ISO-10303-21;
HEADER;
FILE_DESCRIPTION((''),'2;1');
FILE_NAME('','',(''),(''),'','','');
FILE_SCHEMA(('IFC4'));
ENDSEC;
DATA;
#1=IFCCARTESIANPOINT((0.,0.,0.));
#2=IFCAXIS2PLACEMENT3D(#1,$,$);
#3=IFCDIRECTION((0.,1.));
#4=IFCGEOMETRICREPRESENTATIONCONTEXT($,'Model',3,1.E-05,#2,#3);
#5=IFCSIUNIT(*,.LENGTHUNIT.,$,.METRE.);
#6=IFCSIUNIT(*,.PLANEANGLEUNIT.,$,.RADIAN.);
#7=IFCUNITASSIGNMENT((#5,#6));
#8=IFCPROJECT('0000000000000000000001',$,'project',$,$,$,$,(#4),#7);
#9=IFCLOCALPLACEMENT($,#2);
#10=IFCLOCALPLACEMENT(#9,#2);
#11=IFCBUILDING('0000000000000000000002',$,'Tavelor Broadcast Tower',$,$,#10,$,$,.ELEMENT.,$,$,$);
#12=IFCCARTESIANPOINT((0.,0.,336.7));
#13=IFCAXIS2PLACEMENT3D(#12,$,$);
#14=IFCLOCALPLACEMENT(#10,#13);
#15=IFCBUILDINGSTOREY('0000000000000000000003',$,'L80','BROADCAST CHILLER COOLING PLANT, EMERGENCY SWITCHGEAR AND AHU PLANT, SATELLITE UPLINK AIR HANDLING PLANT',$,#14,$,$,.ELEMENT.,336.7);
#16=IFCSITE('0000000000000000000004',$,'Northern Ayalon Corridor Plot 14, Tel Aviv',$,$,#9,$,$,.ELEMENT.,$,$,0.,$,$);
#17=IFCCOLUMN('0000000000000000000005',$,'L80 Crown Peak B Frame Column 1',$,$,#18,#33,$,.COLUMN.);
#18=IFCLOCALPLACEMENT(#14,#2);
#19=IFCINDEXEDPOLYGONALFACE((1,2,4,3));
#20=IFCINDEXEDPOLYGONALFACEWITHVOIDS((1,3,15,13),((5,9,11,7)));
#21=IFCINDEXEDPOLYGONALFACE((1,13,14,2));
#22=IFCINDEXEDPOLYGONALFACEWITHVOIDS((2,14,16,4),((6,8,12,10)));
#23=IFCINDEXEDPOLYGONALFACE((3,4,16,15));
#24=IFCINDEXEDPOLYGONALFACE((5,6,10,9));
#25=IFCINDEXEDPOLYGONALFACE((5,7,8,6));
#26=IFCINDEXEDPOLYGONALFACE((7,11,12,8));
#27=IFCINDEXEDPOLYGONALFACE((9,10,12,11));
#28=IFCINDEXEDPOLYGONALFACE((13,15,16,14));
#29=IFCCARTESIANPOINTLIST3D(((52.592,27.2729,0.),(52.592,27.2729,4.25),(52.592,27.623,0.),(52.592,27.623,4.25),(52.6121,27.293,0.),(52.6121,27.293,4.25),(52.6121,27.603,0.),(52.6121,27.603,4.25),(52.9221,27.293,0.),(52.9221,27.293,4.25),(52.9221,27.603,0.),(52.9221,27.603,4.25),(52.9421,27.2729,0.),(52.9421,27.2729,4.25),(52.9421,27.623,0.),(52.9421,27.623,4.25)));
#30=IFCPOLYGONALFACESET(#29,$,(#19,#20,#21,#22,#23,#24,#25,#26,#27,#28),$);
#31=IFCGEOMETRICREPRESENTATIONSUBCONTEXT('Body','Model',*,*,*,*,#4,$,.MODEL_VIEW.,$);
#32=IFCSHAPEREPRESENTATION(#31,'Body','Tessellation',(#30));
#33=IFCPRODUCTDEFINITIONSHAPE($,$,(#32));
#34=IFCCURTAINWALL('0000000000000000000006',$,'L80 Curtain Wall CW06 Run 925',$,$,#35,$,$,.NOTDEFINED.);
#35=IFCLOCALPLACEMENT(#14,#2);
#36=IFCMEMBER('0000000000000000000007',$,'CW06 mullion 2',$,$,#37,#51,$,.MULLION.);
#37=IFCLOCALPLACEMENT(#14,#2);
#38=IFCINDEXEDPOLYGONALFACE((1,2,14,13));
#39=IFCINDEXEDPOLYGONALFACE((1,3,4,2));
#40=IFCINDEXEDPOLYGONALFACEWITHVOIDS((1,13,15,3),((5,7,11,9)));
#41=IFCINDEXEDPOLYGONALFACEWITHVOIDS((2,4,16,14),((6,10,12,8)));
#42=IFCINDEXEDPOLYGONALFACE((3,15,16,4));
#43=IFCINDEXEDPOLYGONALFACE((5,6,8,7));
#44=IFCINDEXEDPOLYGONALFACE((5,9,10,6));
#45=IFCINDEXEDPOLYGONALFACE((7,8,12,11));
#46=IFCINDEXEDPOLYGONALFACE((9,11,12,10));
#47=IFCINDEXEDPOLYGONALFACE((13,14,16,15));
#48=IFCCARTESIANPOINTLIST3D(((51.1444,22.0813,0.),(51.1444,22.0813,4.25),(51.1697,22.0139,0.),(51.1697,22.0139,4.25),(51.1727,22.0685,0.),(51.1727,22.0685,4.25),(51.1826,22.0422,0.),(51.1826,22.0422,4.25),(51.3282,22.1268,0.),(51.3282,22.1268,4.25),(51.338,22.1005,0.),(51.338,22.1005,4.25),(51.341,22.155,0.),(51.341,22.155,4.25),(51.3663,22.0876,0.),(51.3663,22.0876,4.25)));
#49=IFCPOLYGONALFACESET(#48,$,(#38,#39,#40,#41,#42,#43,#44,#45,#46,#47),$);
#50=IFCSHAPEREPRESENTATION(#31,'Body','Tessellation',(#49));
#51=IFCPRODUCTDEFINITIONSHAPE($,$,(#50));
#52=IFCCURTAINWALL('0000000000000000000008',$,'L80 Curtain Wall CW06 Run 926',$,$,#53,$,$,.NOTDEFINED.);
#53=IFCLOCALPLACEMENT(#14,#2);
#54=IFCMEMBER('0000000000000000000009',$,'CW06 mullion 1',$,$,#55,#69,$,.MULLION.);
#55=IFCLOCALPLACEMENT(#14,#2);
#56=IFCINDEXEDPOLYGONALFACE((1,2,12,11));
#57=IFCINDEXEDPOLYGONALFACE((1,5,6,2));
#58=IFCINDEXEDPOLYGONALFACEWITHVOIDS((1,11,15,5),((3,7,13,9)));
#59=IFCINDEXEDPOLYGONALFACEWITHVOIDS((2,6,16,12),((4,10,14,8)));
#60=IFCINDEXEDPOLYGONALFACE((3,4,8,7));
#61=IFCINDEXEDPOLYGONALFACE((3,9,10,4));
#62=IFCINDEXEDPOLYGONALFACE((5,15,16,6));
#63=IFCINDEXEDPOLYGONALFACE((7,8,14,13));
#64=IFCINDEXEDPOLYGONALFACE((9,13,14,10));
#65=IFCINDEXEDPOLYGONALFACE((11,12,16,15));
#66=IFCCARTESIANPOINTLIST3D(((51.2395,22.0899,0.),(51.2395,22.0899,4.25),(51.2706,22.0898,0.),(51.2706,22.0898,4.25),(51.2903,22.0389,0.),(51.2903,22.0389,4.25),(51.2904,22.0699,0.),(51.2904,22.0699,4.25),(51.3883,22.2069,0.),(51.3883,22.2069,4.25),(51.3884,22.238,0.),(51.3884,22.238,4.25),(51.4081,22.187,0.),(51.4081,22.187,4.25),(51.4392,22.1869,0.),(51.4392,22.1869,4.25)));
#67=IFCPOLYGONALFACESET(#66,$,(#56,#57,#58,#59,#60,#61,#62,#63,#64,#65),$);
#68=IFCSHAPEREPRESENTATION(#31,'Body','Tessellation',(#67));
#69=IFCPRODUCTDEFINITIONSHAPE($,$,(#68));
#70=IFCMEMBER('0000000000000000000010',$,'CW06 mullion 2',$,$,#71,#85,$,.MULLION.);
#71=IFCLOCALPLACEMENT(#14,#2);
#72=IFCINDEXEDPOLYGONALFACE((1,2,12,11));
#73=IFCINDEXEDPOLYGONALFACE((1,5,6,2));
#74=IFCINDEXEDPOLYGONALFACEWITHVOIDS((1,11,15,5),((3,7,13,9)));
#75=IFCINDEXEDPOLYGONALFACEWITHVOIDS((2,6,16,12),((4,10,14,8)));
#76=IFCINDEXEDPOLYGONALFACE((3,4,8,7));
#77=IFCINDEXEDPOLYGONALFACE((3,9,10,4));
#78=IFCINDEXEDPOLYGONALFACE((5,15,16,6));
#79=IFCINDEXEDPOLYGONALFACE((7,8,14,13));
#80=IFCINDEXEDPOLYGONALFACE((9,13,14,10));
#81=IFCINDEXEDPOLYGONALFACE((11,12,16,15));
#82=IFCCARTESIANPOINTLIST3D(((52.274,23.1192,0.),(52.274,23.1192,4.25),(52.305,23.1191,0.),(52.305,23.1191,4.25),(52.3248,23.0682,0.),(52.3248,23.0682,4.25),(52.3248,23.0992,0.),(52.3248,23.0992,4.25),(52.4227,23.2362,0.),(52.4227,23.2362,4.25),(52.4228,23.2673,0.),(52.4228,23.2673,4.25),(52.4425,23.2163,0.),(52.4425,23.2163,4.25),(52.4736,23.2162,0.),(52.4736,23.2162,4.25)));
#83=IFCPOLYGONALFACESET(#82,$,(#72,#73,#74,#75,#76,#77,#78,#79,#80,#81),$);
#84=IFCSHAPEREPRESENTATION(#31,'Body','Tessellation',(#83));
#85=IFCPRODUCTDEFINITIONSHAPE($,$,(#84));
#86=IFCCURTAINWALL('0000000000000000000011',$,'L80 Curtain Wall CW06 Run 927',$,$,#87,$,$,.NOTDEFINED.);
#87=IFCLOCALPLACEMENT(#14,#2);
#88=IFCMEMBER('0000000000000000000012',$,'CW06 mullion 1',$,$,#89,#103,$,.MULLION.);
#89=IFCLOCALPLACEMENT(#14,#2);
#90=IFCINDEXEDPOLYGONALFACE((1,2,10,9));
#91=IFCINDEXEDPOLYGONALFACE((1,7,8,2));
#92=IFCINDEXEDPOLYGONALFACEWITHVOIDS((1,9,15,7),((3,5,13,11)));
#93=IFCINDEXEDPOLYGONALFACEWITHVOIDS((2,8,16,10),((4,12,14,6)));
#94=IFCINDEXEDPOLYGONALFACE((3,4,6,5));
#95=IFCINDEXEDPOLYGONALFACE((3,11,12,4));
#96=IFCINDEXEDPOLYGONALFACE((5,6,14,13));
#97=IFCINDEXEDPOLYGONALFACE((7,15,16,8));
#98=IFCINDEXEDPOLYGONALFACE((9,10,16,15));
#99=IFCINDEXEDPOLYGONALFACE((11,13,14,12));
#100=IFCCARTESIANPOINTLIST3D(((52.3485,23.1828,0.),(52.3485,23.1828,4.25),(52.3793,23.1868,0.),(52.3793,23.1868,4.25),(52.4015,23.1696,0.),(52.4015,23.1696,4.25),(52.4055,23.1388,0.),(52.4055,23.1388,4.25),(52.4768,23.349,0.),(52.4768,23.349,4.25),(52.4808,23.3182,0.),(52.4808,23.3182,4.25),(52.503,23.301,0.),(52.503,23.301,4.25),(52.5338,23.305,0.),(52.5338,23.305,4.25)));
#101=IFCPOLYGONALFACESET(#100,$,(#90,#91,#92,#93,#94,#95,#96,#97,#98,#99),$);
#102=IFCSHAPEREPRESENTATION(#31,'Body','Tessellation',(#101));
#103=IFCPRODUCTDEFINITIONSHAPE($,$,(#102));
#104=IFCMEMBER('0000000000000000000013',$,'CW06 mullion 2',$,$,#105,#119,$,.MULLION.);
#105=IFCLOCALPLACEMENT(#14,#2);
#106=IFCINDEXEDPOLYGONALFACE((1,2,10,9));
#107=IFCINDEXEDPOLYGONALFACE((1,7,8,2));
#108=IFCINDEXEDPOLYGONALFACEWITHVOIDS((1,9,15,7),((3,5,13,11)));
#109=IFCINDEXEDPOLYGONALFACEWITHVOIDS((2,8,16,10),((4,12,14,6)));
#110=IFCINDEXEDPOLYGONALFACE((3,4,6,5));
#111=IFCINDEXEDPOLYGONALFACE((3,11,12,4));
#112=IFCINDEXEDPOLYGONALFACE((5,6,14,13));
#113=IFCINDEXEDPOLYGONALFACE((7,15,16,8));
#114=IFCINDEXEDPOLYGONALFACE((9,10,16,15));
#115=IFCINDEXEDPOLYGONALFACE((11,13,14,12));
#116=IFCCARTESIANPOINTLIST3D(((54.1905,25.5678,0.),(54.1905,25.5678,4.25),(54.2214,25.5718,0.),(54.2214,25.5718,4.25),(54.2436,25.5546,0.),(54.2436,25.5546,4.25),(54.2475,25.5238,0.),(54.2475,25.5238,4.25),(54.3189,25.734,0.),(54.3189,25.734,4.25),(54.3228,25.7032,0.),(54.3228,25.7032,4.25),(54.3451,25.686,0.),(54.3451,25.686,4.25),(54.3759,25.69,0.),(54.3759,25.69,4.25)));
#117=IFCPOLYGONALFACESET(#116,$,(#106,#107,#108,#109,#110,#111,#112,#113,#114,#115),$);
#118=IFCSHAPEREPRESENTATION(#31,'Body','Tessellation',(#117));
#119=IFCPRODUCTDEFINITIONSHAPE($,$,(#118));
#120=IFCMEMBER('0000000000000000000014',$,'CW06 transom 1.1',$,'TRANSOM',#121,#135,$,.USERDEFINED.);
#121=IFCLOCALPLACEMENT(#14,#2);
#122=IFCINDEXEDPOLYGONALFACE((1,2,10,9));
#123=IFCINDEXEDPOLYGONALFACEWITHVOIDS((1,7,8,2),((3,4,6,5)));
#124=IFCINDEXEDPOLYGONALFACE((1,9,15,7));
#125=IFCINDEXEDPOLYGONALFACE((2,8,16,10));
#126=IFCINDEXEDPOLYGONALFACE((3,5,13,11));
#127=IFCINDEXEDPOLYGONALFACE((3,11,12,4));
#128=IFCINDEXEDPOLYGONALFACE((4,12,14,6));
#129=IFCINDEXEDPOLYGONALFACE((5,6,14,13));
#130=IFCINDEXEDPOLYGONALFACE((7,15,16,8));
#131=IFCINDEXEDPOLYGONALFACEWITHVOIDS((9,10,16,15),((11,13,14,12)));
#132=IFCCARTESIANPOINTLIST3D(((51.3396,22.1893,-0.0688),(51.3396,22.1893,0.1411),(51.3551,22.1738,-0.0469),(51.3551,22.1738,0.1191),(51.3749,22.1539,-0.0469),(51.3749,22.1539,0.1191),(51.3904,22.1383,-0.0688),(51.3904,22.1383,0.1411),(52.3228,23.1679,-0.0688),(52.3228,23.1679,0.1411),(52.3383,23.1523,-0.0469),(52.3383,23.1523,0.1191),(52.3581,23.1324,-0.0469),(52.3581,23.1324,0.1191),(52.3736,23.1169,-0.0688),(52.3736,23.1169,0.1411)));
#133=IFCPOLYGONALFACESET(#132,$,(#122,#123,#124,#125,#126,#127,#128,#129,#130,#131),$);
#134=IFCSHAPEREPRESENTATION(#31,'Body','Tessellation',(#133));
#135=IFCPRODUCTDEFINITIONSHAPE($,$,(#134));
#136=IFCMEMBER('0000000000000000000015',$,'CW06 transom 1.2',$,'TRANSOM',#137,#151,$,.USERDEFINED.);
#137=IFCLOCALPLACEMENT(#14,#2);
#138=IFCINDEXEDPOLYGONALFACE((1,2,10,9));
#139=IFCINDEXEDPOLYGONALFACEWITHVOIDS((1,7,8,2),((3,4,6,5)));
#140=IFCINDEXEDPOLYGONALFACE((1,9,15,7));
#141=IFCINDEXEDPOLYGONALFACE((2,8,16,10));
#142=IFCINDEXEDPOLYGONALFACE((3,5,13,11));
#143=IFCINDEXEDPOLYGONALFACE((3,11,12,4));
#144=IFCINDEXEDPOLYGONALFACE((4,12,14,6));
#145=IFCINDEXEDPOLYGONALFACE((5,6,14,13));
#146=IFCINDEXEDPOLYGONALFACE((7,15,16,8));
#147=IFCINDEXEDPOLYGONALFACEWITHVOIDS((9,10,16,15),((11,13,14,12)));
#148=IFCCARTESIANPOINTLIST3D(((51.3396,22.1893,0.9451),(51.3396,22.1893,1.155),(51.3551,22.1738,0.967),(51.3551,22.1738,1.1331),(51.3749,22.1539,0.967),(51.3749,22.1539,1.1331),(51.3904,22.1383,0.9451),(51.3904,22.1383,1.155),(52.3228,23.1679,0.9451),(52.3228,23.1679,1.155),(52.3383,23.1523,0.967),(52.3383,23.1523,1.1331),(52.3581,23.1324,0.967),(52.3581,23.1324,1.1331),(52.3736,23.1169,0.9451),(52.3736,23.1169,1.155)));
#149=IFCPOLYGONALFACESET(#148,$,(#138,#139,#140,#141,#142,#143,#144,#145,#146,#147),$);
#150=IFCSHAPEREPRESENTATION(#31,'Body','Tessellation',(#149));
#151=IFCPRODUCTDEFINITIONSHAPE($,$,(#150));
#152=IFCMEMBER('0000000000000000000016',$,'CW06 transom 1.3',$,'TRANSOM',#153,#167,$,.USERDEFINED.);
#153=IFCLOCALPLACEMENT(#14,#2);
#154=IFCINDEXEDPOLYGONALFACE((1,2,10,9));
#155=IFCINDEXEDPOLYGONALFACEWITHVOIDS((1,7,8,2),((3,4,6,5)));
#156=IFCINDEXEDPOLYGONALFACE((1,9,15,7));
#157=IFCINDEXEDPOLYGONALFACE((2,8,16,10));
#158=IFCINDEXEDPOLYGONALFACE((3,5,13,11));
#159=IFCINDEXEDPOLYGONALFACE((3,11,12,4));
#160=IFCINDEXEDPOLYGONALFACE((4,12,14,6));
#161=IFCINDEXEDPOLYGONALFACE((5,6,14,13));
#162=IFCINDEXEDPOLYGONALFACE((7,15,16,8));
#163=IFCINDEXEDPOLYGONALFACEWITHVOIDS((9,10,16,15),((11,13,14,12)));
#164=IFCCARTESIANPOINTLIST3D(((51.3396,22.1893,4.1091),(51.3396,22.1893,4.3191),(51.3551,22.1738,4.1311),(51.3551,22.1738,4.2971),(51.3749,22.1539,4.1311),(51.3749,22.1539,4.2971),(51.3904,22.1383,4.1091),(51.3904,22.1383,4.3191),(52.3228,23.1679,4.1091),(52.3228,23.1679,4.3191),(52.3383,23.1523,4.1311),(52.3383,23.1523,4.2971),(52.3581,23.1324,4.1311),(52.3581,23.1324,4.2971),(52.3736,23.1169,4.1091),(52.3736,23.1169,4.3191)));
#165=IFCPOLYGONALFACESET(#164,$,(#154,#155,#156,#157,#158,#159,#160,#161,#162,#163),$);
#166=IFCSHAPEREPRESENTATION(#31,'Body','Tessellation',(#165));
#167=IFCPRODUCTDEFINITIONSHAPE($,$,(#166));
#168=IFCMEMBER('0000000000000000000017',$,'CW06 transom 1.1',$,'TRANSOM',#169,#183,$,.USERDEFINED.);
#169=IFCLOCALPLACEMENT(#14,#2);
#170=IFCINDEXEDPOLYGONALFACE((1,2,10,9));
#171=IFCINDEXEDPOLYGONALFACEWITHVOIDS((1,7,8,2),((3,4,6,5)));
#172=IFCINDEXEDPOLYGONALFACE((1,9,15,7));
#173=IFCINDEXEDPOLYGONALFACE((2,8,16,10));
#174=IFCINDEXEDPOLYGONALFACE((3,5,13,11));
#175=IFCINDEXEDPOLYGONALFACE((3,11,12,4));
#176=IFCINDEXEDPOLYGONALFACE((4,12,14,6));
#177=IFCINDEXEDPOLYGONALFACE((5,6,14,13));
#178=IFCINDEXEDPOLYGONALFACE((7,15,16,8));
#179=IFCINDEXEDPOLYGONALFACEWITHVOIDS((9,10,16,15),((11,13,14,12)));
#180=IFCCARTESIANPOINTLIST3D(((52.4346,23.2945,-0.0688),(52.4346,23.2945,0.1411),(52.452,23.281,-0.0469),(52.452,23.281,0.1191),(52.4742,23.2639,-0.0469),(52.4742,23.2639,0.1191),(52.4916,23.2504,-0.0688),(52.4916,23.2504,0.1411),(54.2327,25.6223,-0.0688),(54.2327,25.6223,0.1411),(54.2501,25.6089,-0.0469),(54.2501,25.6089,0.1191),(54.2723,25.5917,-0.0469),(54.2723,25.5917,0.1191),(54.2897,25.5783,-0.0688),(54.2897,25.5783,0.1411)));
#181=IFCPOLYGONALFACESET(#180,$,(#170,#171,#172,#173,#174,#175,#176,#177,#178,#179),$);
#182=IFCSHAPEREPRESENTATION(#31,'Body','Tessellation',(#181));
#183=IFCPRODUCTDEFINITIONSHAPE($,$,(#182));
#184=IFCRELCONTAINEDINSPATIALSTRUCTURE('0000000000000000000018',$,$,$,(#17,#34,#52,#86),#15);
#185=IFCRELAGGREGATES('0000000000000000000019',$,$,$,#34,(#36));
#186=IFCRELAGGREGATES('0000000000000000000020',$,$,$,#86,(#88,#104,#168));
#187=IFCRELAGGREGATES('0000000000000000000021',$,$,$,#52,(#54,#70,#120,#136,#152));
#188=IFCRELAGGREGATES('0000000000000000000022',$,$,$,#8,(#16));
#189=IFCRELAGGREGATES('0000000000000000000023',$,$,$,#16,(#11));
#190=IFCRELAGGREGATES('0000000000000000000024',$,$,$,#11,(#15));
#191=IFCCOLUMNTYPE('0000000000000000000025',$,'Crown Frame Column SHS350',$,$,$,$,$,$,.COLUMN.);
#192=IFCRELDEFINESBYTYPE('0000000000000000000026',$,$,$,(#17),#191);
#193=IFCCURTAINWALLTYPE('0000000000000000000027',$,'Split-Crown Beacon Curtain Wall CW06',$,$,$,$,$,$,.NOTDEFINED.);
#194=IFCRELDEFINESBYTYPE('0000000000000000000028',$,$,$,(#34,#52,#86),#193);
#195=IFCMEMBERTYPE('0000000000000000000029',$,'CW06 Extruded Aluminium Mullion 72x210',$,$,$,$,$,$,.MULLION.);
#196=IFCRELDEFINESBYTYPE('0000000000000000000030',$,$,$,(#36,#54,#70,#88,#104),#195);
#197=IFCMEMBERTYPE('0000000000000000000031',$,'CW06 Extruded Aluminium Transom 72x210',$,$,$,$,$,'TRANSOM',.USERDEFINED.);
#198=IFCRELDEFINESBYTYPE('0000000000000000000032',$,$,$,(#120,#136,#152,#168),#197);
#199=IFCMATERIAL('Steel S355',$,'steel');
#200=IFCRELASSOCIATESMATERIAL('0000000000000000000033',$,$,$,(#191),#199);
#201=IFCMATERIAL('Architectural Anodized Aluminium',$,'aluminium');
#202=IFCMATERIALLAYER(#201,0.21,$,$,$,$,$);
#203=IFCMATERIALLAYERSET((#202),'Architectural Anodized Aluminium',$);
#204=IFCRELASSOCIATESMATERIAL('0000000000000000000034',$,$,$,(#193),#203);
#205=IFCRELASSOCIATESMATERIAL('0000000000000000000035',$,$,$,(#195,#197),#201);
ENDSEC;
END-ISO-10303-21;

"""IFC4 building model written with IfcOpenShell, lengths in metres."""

from ifc_helpers import new_model, si_unit, direction, frame, origin, origin_2d, place, context, subcontext, project, spatial, hollow_rectangle, extrude, source, transform, mapped, material, layer, layer_set, material_profile, profile_set, type_object, type_shapes, element, aggregate, save


model = new_model("IFC4")

# Units and contexts
model_context = context("Model", 3, precision=1e-05, world=origin(), true_north=direction((0.0, 1.0)))
body_context = subcontext(model_context, "Body", "Model", "MODEL_VIEW")
ifc_project = project(units=[si_unit("LENGTHUNIT", "METRE"), si_unit("PLANEANGLEUNIT", "RADIAN")], contexts=[model_context])

# Site, building, storey
site_placement = place(None, origin())
site = spatial("IfcSite", under=ifc_project, at=site_placement, Name="Northern Ayalon Corridor Plot 14, Tel Aviv", CompositionType="ELEMENT", RefElevation=0.0)
building_placement = place(site_placement, origin())
building = spatial("IfcBuilding", under=site, at=building_placement, Name="Tavelor Broadcast Tower", CompositionType="ELEMENT")
storey_placement = place(building_placement, frame((0.0, 0.0, 336.7)))
storey = spatial("IfcBuildingStorey", under=building, at=storey_placement, Name="L80", Description="BROADCAST CHILLER COOLING PLANT, EMERGENCY SWITCHGEAR AND AHU PLANT, SATELLITE UPLINK AIR HANDLING PLANT", CompositionType="ELEMENT", Elevation=336.7)

# Column
ifc_material_1 = material(Name="Steel S355", Category="steel")
ifc_material_profile_1 = material_profile(ifc_material_1, hollow_rectangle(XDim=0.3501, YDim=0.3501, WallThickness=0.02, at=origin_2d()), Name="SHS 350x350x20")
ifc_profile_set_1 = profile_set([ifc_material_profile_1], Name="Steel S355")
column_type = type_object("IfcColumnType", Name="Crown Frame Column SHS350", PredefinedType="COLUMN", material=ifc_profile_set_1)
column_placement = place(storey_placement, frame((52.7671, 27.448, 0.0), z_axis=(0.0, 0.0, 1.0), x_axis=(1.0, 0.0, 0.0)))
element("IfcColumn", 1, at=column_placement, inside=storey, type_object=column_type, Name="L80 Crown Peak B Frame Column 1", PredefinedType="COLUMN", context=body_context, shape_type="SweptSolid", body=[
    extrude(hollow_rectangle(XDim=0.3501, YDim=0.3501, WallThickness=0.02, at=origin_2d()), origin(), (0.0, 0.0, 1.0), 4.25),
])

# Curtain wall, member
ifc_material_2 = material(Name="Architectural Anodized Aluminium", Category="aluminium")
ifc_layer_1 = layer(ifc_material_2, 0.21)
ifc_layer_set_1 = layer_set([ifc_layer_1], Name="Architectural Anodized Aluminium")
curtain_wall_type = type_object("IfcCurtainWallType", Name="Split-Crown Beacon Curtain Wall CW06", PredefinedType="NOTDEFINED", material=ifc_layer_set_1)
curtain_wall_1_placement = place(storey_placement, origin())
curtain_wall_1 = element("IfcCurtainWall", 2, at=curtain_wall_1_placement, inside=storey, type_object=curtain_wall_type, Name="L80 Curtain Wall CW06 Run 925", PredefinedType="NOTDEFINED")
ifc_material_profile_2 = material_profile(ifc_material_2, hollow_rectangle(XDim=0.072, YDim=0.21, WallThickness=0.022, at=origin_2d()), Name="RHS 72x210x22")
ifc_profile_set_2 = profile_set([ifc_material_profile_2], Name="Architectural Anodized Aluminium")
member_type_1 = type_object("IfcMemberType", Name="CW06 Extruded Aluminium Mullion 72x210", PredefinedType="MULLION", material=ifc_profile_set_2)
shared_shape_1 = source(origin(), body_context, "Body", "SweptSolid", [
    extrude(hollow_rectangle(XDim=0.072, YDim=0.21, WallThickness=0.022, at=origin_2d()), origin(), (0.0, 0.0, 1.0), 4.25),
])
type_shapes(member_type_1, [shared_shape_1])
member_1_placement = place(storey_placement, frame((51.2554, 22.0845, 0.0), z_axis=(0.0, 0.0, 1.0), x_axis=(-0.351015, 0.93637, 0.0)))
member_1 = element("IfcMember", 3, at=member_1_placement, type_object=member_type_1, Name="CW06 mullion 2", PredefinedType="MULLION", context=body_context, shape_type="MappedRepresentation", body=[
    mapped(shared_shape_1, transform((0.0, 0.0, 0.0), scale=1.0)),
])
aggregate(curtain_wall_1, [member_1])

# Curtain walls, members
curtain_wall_2_placement = place(storey_placement, origin())
curtain_wall_2 = element("IfcCurtainWall", 4, at=curtain_wall_2_placement, inside=storey, type_object=curtain_wall_type, Name="L80 Curtain Wall CW06 Run 926", PredefinedType="NOTDEFINED")
member_2_placement = place(storey_placement, frame((51.3394, 22.1384, 0.0), z_axis=(0.0, 0.0, 1.0), x_axis=(-0.705308, 0.708901, 0.0)))
member_2 = element("IfcMember", 5, at=member_2_placement, type_object=member_type_1, Name="CW06 mullion 1", PredefinedType="MULLION", context=body_context, shape_type="MappedRepresentation", body=[
    mapped(shared_shape_1, transform((0.0, 0.0, 0.0), scale=1.0)),
])
member_3_placement = place(storey_placement, frame((52.3738, 23.1677, 0.0), z_axis=(0.0, 0.0, 1.0), x_axis=(-0.705308, 0.708901, 0.0)))
member_3 = element("IfcMember", 6, at=member_3_placement, type_object=member_type_1, Name="CW06 mullion 2", PredefinedType="MULLION", context=body_context, shape_type="MappedRepresentation", body=[
    mapped(shared_shape_1, transform((0.0, 0.0, 0.0), scale=1.0)),
])
curtain_wall_3_placement = place(storey_placement, origin())
curtain_wall_3 = element("IfcCurtainWall", 7, at=curtain_wall_3_placement, inside=storey, type_object=curtain_wall_type, Name="L80 Curtain Wall CW06 Run 927", PredefinedType="NOTDEFINED")
member_4_placement = place(storey_placement, frame((52.4412, 23.2439, 0.0), z_axis=(0.0, 0.0, 1.0), x_axis=(-0.791434, 0.611255, 0.0)))
member_4 = element("IfcMember", 8, at=member_4_placement, type_object=member_type_1, Name="CW06 mullion 1", PredefinedType="MULLION", context=body_context, shape_type="MappedRepresentation", body=[
    mapped(shared_shape_1, transform((0.0, 0.0, 0.0), scale=1.0)),
])
member_5_placement = place(storey_placement, frame((54.2832, 25.6289, 0.0), z_axis=(0.0, 0.0, 1.0), x_axis=(-0.791434, 0.611255, 0.0)))
member_5 = element("IfcMember", 9, at=member_5_placement, type_object=member_type_1, Name="CW06 mullion 2", PredefinedType="MULLION", context=body_context, shape_type="MappedRepresentation", body=[
    mapped(shared_shape_1, transform((0.0, 0.0, 0.0), scale=1.0)),
])

# Members
ifc_material_profile_3 = material_profile(ifc_material_2, hollow_rectangle(XDim=0.072, YDim=0.21, WallThickness=0.022, at=origin_2d()), Name="RHS 72x210x22")
ifc_profile_set_3 = profile_set([ifc_material_profile_3], Name="Architectural Anodized Aluminium")
member_type_2 = type_object("IfcMemberType", Name="CW06 Extruded Aluminium Transom 72x210", ElementType="TRANSOM", PredefinedType="USERDEFINED", material=ifc_profile_set_3)
shared_shape_2 = source(origin(), body_context, "Body", "SweptSolid", [
    extrude(hollow_rectangle(XDim=0.072, YDim=0.21, WallThickness=0.022, at=origin_2d()), origin(), (0.0, 0.0, 1.0), 1.3872),
])
member_6_placement = place(storey_placement, frame((51.365, 22.1638, 0.0361), z_axis=(0.708777, 0.705433, 0.0), x_axis=(-0.705433, 0.708777, 0.0)))
member_6 = element("IfcMember", 10, at=member_6_placement, type_object=member_type_2, Name="CW06 transom 1.1", ObjectType="TRANSOM", PredefinedType="USERDEFINED", context=body_context, shape_type="MappedRepresentation", body=[
    mapped(shared_shape_2, transform((0.0, 0.0, 0.0), scale=1.0)),
])
member_7_placement = place(storey_placement, frame((51.365, 22.1638, 1.05), z_axis=(0.708777, 0.705433, 0.0), x_axis=(-0.705433, 0.708777, 0.0)))
member_7 = element("IfcMember", 11, at=member_7_placement, type_object=member_type_2, Name="CW06 transom 1.2", ObjectType="TRANSOM", PredefinedType="USERDEFINED", context=body_context, shape_type="MappedRepresentation", body=[
    mapped(shared_shape_2, transform((0.0, 0.0, 0.0), scale=1.0)),
])
member_8_placement = place(storey_placement, frame((51.365, 22.1638, 4.2141), z_axis=(0.708777, 0.705433, 0.0), x_axis=(-0.705433, 0.708777, 0.0)))
member_8 = element("IfcMember", 12, at=member_8_placement, type_object=member_type_2, Name="CW06 transom 1.3", ObjectType="TRANSOM", PredefinedType="USERDEFINED", context=body_context, shape_type="MappedRepresentation", body=[
    mapped(shared_shape_2, transform((0.0, 0.0, 0.0), scale=1.0)),
])
shared_shape_3 = source(origin(), body_context, "Body", "SweptSolid", [
    extrude(hollow_rectangle(XDim=0.072, YDim=0.21, WallThickness=0.022, at=origin_2d()), origin(), (0.0, 0.0, 1.0), 2.9414),
])
type_shapes(member_type_2, [shared_shape_2, shared_shape_3])
member_9_placement = place(storey_placement, frame((52.4631, 23.2725, 0.0361), z_axis=(0.611294, 0.791404, 0.0), x_axis=(-0.791404, 0.611294, 0.0)))
member_9 = element("IfcMember", 13, at=member_9_placement, type_object=member_type_2, Name="CW06 transom 1.1", ObjectType="TRANSOM", PredefinedType="USERDEFINED", context=body_context, shape_type="MappedRepresentation", body=[
    mapped(shared_shape_3, transform((0.0, 0.0, 0.0), scale=1.0)),
])

aggregate(curtain_wall_3, [member_4, member_5, member_9])
aggregate(curtain_wall_2, [member_2, member_3, member_6, member_7, member_8])

save(model, "model.ifc")
